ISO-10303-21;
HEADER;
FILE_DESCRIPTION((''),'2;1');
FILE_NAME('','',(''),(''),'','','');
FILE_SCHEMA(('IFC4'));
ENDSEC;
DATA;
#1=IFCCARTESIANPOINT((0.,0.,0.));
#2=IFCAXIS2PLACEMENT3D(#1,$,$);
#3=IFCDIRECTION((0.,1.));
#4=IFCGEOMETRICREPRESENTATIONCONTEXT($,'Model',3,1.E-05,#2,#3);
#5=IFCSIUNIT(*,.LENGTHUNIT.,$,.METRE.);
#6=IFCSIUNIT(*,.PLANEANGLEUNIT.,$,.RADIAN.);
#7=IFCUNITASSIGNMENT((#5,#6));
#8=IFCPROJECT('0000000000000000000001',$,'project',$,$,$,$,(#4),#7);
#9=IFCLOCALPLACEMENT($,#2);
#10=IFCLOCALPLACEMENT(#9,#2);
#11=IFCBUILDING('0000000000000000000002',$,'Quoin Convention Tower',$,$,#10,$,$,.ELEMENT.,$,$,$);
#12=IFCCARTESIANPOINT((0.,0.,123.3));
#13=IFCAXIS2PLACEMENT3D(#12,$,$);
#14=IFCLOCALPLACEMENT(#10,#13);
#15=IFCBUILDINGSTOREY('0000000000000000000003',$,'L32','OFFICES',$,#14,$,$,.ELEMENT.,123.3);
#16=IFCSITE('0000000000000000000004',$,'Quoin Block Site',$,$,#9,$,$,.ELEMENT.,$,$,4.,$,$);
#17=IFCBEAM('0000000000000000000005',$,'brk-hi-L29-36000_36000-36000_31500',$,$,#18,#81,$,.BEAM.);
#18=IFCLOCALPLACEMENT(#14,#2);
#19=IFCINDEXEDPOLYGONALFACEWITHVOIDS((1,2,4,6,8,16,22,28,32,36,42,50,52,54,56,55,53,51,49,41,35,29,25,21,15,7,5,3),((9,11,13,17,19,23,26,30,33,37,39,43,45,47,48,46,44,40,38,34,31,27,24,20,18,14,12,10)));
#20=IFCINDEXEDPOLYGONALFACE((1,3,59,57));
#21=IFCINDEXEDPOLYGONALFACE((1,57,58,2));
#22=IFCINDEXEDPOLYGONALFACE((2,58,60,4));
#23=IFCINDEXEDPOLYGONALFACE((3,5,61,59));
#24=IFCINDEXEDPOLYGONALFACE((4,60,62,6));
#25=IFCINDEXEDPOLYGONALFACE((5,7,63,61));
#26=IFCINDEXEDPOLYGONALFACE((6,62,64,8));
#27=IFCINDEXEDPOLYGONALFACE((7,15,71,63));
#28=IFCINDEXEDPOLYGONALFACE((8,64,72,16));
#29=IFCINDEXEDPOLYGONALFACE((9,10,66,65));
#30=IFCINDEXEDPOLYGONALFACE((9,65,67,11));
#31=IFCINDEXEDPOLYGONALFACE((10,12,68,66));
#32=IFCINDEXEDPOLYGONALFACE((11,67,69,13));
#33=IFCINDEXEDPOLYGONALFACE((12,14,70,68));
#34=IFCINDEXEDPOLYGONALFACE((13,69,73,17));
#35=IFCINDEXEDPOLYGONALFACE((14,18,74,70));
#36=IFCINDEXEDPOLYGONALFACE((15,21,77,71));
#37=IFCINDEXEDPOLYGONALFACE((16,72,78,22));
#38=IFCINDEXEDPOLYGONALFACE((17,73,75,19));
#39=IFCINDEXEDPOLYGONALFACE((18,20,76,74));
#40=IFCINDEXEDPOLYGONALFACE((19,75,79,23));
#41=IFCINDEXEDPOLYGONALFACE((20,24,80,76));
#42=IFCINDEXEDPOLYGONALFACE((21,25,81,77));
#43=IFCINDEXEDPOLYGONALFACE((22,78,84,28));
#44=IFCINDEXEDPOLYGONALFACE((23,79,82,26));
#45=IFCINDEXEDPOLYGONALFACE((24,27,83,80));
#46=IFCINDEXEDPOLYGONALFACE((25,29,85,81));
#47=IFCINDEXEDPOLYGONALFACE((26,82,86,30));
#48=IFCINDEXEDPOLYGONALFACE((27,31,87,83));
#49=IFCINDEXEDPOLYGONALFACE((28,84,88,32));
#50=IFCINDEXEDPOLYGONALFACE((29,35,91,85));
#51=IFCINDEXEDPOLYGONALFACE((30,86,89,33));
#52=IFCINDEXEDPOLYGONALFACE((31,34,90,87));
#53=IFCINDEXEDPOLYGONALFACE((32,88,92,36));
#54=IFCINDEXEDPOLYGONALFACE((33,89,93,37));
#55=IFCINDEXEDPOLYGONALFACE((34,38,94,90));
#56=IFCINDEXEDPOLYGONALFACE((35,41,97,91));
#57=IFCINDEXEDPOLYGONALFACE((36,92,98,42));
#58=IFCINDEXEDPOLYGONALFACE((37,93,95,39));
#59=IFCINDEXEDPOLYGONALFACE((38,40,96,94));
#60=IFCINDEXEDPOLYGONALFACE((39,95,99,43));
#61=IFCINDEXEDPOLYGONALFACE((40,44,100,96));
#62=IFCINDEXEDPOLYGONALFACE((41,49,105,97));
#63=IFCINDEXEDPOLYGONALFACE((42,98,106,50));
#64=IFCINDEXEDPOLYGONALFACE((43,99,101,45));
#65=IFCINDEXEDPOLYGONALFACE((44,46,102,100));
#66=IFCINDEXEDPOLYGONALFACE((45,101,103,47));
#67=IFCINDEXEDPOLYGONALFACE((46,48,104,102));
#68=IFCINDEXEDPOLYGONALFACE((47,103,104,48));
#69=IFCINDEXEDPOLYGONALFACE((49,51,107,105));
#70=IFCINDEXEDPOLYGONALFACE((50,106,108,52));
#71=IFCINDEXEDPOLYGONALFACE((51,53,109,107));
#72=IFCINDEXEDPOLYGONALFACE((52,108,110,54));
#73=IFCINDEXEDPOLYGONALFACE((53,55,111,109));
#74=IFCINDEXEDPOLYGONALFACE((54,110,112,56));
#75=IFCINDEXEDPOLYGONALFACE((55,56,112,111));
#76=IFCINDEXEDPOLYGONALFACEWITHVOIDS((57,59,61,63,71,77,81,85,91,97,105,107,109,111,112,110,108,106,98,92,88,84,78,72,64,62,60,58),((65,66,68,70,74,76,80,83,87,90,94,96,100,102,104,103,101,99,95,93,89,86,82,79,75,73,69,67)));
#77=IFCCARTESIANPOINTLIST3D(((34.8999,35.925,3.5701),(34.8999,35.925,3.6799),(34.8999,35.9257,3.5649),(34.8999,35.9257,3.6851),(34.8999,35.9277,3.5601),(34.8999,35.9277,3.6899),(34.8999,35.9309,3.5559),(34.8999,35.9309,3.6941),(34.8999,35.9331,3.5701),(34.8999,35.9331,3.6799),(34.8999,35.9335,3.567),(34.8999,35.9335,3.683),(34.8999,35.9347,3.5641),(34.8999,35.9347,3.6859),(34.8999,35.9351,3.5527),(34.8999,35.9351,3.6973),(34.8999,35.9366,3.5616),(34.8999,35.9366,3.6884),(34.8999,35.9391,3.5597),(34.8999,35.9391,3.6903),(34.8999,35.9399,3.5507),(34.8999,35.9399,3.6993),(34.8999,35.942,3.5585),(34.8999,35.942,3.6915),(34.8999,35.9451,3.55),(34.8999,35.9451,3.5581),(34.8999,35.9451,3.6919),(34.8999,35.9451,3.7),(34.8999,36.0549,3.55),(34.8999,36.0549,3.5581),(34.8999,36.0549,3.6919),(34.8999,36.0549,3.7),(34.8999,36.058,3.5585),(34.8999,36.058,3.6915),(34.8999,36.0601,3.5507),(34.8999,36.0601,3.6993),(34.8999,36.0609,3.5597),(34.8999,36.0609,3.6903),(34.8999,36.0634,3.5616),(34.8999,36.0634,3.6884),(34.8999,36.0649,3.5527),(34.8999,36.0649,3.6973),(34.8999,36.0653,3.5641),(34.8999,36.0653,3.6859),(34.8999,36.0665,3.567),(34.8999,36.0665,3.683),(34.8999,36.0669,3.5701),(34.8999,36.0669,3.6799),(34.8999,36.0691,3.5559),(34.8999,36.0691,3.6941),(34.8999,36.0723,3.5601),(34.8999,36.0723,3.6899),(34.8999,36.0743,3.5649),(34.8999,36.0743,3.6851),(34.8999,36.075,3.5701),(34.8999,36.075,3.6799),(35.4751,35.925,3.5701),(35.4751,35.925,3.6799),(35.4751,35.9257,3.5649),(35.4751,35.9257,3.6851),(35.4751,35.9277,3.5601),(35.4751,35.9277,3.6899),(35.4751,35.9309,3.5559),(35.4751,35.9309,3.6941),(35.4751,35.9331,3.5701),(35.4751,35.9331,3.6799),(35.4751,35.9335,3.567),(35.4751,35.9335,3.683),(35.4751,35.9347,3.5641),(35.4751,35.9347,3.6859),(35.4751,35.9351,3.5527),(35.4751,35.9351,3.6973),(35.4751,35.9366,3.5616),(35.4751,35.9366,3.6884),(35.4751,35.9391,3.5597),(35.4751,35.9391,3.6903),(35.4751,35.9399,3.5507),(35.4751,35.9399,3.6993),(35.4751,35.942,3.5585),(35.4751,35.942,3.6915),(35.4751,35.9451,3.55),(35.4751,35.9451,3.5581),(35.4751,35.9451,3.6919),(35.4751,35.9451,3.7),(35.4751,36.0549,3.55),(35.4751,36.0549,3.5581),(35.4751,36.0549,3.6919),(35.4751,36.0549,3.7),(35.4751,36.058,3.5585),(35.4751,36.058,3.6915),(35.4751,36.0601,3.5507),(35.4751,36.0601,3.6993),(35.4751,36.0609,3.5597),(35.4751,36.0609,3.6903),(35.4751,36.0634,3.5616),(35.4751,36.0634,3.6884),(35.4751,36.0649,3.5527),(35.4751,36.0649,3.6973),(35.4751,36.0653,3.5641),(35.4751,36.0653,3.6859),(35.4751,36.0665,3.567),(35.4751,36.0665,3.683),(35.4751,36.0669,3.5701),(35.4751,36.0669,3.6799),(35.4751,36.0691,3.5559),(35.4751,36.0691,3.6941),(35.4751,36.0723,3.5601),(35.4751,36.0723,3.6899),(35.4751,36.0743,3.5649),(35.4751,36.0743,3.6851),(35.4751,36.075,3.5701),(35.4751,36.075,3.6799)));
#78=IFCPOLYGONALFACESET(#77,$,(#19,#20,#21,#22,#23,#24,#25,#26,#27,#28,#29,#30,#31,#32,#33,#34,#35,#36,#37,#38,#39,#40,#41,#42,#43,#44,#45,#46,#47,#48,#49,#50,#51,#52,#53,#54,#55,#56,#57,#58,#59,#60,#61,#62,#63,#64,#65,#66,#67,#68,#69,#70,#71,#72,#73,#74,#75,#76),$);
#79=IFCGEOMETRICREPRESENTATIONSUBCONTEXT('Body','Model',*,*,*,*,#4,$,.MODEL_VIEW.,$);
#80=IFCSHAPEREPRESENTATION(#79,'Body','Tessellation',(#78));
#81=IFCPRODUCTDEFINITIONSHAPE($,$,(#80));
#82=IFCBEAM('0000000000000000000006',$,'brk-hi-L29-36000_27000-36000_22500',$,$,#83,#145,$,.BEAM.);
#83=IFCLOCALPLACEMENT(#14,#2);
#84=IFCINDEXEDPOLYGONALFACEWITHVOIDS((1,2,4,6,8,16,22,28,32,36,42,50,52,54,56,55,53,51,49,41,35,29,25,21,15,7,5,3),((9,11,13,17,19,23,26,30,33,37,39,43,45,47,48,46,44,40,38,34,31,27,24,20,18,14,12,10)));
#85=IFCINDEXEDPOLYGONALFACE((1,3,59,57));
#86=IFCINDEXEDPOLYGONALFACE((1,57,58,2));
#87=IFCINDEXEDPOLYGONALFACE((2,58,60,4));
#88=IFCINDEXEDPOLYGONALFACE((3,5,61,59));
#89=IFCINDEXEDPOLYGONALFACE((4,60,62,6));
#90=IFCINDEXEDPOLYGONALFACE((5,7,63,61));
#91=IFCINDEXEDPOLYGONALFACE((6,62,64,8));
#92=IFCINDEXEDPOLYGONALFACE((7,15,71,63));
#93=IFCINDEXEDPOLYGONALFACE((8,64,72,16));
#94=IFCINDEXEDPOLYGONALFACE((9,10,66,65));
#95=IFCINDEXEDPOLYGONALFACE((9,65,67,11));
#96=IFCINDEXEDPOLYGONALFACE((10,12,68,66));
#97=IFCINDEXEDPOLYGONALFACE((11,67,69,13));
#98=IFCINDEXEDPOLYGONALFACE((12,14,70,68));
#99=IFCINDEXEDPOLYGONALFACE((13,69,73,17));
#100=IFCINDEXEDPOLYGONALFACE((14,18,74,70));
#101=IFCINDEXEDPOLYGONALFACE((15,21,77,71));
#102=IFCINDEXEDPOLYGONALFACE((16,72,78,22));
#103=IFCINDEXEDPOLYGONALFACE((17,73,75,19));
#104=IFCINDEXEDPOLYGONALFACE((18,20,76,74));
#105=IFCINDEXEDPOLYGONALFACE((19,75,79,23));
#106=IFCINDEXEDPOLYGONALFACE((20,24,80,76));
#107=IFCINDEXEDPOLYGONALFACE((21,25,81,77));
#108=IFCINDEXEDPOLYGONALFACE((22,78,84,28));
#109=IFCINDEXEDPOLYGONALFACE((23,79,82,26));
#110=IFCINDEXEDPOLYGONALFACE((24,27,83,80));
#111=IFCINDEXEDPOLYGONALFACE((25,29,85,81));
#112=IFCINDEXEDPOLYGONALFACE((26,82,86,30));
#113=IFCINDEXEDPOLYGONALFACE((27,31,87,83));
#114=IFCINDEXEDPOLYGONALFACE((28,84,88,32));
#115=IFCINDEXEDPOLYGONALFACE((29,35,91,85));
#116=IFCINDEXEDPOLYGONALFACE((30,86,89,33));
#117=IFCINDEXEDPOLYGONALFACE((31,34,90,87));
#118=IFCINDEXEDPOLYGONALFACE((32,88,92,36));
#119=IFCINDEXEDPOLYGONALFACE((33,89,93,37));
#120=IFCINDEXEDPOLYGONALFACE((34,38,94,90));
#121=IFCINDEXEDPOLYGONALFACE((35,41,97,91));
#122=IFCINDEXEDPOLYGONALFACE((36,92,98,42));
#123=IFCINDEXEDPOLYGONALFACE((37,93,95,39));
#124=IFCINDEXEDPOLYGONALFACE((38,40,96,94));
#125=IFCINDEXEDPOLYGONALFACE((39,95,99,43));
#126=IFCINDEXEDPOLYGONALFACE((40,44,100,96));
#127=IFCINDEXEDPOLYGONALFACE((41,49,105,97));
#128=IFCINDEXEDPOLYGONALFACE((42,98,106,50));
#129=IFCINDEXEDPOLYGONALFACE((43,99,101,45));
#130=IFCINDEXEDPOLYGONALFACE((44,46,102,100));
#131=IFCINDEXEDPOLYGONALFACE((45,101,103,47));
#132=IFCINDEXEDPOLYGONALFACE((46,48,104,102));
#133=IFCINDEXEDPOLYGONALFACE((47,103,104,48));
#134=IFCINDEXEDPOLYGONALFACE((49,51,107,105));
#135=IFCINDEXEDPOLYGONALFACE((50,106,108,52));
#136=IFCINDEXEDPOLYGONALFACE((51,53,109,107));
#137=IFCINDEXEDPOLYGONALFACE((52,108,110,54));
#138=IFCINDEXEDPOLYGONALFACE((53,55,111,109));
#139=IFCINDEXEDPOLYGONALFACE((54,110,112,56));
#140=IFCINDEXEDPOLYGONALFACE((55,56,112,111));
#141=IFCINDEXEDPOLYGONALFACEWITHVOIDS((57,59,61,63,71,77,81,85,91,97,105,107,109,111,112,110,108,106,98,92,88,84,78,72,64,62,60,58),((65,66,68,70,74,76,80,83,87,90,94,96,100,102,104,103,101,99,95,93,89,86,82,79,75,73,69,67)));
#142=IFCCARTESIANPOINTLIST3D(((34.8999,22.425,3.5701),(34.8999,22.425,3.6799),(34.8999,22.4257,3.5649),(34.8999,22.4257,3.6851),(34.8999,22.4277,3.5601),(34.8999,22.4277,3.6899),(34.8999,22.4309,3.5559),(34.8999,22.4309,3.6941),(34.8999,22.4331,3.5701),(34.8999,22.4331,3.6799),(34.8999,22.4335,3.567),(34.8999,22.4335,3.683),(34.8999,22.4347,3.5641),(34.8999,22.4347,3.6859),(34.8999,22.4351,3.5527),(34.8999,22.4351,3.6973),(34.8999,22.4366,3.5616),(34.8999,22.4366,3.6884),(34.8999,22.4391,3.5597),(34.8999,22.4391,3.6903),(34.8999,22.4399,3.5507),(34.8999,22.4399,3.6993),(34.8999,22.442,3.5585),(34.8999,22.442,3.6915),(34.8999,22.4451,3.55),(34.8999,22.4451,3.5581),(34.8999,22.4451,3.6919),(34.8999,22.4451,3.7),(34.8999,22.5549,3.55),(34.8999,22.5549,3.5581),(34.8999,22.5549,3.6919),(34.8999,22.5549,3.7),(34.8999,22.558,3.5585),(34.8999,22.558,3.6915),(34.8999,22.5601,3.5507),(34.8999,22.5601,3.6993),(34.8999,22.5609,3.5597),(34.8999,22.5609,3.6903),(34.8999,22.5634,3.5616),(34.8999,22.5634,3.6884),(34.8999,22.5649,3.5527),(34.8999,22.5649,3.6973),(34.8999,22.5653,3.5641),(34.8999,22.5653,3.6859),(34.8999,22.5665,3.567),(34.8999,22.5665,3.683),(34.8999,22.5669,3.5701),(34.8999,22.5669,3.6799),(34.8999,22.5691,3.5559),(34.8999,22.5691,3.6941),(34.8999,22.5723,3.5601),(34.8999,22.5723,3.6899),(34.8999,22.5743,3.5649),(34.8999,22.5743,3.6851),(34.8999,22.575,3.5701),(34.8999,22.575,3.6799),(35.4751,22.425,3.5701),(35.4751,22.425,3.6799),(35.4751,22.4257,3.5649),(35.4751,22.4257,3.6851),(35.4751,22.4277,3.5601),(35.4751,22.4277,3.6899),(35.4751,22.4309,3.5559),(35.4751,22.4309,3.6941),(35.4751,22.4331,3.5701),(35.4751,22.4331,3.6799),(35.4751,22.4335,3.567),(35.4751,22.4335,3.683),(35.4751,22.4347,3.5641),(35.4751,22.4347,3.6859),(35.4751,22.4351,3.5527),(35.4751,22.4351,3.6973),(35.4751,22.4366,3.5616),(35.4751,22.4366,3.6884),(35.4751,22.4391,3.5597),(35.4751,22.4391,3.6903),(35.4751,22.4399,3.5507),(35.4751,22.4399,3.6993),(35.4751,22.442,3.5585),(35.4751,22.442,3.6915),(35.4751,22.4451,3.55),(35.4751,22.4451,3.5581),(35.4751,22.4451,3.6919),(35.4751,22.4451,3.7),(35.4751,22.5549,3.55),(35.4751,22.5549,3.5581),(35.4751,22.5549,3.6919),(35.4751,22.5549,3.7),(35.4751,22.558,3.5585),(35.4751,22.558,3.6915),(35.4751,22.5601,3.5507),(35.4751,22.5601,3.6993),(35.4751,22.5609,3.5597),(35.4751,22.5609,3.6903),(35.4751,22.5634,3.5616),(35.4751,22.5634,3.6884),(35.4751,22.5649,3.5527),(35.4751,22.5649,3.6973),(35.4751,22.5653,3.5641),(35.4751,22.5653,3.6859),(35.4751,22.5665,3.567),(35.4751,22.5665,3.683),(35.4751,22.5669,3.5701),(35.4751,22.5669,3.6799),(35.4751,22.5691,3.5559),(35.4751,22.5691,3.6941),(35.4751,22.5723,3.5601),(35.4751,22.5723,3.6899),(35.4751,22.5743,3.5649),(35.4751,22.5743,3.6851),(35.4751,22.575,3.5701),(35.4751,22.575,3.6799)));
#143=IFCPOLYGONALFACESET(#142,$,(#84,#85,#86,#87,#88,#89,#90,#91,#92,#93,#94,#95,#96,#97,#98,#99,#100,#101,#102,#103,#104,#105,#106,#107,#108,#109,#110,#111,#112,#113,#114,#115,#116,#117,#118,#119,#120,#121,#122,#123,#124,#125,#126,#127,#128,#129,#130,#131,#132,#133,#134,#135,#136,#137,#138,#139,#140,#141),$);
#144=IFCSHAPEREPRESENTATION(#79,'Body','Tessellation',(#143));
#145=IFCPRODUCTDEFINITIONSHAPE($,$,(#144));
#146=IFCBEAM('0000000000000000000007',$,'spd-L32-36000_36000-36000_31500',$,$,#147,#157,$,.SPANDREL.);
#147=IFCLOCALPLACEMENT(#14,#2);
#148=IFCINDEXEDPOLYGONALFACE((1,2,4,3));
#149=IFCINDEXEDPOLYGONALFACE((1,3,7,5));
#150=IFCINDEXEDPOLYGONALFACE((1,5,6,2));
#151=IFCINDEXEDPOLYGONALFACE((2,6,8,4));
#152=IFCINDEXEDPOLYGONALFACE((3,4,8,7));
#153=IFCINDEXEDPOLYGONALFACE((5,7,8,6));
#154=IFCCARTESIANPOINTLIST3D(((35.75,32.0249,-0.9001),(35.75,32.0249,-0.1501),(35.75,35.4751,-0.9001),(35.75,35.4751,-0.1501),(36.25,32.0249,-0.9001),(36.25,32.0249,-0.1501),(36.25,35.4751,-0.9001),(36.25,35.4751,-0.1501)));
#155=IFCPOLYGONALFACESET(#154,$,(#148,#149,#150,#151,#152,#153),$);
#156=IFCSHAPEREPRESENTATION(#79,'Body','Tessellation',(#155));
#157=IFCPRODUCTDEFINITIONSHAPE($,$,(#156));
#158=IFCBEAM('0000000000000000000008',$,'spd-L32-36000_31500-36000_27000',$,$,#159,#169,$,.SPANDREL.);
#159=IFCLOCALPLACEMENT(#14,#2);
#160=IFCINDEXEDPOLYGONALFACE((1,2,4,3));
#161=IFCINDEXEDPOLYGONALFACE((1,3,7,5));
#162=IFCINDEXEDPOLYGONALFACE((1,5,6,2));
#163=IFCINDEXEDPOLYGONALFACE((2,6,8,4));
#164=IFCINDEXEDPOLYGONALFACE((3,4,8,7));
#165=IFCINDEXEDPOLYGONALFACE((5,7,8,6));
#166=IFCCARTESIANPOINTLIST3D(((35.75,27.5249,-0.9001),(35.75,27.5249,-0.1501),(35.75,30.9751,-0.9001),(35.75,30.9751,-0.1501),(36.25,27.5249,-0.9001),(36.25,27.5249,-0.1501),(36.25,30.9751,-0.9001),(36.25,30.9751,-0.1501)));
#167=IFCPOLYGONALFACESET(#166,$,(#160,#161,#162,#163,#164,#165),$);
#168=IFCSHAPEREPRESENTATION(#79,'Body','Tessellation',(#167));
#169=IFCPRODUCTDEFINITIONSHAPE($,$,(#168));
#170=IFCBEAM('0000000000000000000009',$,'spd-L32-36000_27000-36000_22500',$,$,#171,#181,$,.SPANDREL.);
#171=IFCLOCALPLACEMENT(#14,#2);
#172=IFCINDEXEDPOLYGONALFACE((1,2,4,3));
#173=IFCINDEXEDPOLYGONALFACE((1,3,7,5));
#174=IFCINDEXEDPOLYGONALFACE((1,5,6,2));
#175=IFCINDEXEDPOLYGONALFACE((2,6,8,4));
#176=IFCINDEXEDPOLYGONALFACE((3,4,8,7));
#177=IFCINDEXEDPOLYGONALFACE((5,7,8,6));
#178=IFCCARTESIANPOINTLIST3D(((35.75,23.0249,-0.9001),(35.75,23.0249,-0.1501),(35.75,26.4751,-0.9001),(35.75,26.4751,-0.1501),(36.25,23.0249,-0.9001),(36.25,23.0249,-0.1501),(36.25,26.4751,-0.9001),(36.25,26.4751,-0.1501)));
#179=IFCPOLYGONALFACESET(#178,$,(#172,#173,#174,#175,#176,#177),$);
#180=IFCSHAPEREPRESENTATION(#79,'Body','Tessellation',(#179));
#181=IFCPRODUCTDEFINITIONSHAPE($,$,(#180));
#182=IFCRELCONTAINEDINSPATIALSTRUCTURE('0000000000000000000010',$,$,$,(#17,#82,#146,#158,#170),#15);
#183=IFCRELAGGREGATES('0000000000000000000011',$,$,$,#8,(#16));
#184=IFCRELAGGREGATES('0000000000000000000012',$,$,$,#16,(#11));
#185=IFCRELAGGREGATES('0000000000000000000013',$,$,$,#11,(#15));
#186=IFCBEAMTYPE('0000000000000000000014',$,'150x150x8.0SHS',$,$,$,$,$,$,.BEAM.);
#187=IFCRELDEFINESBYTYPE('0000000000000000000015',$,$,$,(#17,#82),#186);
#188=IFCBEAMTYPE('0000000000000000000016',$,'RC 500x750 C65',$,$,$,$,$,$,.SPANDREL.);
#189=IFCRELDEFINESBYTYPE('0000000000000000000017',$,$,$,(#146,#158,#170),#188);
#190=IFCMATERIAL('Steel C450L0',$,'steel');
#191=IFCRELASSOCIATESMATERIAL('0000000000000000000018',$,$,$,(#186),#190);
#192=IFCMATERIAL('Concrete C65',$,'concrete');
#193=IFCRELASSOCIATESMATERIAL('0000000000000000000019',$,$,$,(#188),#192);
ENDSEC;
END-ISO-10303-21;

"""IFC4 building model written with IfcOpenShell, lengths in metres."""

from ifc_helpers import new_model, si_unit, direction, frame, origin, origin_2d, place, context, subcontext, project, spatial, rectangle, hollow_rectangle, extrude, material, material_profile, profile_set, type_object, element, save


model = new_model("IFC4")

# Units and contexts
model_context = context("Model", 3, precision=1e-05, world=origin(), true_north=direction((0.0, 1.0)))
body_context = subcontext(model_context, "Body", "Model", "MODEL_VIEW")
ifc_project = project(units=[si_unit("LENGTHUNIT", "METRE"), si_unit("PLANEANGLEUNIT", "RADIAN")], contexts=[model_context])

# Site, building, storey
site_placement = place(None, origin())
site = spatial("IfcSite", under=ifc_project, at=site_placement, Name="Quoin Block Site", CompositionType="ELEMENT", RefElevation=4.0)
building_placement = place(site_placement, origin())
building = spatial("IfcBuilding", under=site, at=building_placement, Name="Quoin Convention Tower", CompositionType="ELEMENT")
storey_placement = place(building_placement, frame((0.0, 0.0, 123.3)))
storey = spatial("IfcBuildingStorey", under=building, at=storey_placement, Name="L32", Description="OFFICES", CompositionType="ELEMENT", Elevation=123.3)

# Shared definitions
ifc_material_1 = material(Name="Concrete C65", Category="concrete")

# Beams
ifc_material_2 = material(Name="Steel C450L0", Category="steel")
ifc_material_profile_1 = material_profile(ifc_material_2, hollow_rectangle(XDim=0.1499, YDim=0.1499, WallThickness=0.0081, InnerFilletRadius=0.012, OuterFilletRadius=0.02, at=origin_2d()), Name="150x150x8.0SHS")
ifc_profile_set_1 = profile_set([ifc_material_profile_1], Name="Steel C450L0")
beam_type_1 = type_object("IfcBeamType", Name="150x150x8.0SHS", PredefinedType="BEAM", material=ifc_profile_set_1)
for number, where, z_axis, x_axis, name in (
    (1, (35.4751, 36.0, 3.625), (-1.0, 0.0, 0.0), (0.0, -1.0, 0.0), "brk-hi-L29-36000_36000-36000_31500"),
    (2, (35.4751, 22.5, 3.625), (-1.0, 0.0, 0.0), (0.0, -1.0, 0.0), "brk-hi-L29-36000_27000-36000_22500"),
):
    element("IfcBeam", number, at=place(storey_placement, frame(where, z_axis=z_axis, x_axis=x_axis)), inside=storey, type_object=beam_type_1, Name=name, PredefinedType="BEAM", context=body_context, shape_type="SweptSolid", body=[
        extrude(hollow_rectangle(XDim=0.1499, YDim=0.1499, WallThickness=0.0081, InnerFilletRadius=0.012, OuterFilletRadius=0.02, at=origin_2d()), origin(), (0.0, 0.0, 1.0), 0.5752),
    ])
ifc_material_profile_2 = material_profile(ifc_material_1, rectangle(XDim=0.5, YDim=0.75, at=origin_2d()), Name="RC 500x750")
ifc_profile_set_2 = profile_set([ifc_material_profile_2], Name="Concrete C65")
beam_type_2 = type_object("IfcBeamType", Name="RC 500x750 C65", PredefinedType="SPANDREL", material=ifc_profile_set_2)
for number, where, z_axis, x_axis, name in (
    (3, (36.0, 35.4751, -0.5251), (0.0, -1.0, 0.0), (1.0, 0.0, 0.0), "spd-L32-36000_36000-36000_31500"),
    (4, (36.0, 30.9751, -0.5251), (0.0, -1.0, 0.0), (1.0, 0.0, 0.0), "spd-L32-36000_31500-36000_27000"),
    (5, (36.0, 26.4751, -0.5251), (0.0, -1.0, 0.0), (1.0, 0.0, 0.0), "spd-L32-36000_27000-36000_22500"),
):
    element("IfcBeam", number, at=place(storey_placement, frame(where, z_axis=z_axis, x_axis=x_axis)), inside=storey, type_object=beam_type_2, Name=name, PredefinedType="SPANDREL", context=body_context, shape_type="SweptSolid", body=[
        extrude(rectangle(XDim=0.5, YDim=0.75, at=origin_2d()), origin(), (0.0, 0.0, 1.0), 3.4502),
    ])

save(model, "model.ifc")
